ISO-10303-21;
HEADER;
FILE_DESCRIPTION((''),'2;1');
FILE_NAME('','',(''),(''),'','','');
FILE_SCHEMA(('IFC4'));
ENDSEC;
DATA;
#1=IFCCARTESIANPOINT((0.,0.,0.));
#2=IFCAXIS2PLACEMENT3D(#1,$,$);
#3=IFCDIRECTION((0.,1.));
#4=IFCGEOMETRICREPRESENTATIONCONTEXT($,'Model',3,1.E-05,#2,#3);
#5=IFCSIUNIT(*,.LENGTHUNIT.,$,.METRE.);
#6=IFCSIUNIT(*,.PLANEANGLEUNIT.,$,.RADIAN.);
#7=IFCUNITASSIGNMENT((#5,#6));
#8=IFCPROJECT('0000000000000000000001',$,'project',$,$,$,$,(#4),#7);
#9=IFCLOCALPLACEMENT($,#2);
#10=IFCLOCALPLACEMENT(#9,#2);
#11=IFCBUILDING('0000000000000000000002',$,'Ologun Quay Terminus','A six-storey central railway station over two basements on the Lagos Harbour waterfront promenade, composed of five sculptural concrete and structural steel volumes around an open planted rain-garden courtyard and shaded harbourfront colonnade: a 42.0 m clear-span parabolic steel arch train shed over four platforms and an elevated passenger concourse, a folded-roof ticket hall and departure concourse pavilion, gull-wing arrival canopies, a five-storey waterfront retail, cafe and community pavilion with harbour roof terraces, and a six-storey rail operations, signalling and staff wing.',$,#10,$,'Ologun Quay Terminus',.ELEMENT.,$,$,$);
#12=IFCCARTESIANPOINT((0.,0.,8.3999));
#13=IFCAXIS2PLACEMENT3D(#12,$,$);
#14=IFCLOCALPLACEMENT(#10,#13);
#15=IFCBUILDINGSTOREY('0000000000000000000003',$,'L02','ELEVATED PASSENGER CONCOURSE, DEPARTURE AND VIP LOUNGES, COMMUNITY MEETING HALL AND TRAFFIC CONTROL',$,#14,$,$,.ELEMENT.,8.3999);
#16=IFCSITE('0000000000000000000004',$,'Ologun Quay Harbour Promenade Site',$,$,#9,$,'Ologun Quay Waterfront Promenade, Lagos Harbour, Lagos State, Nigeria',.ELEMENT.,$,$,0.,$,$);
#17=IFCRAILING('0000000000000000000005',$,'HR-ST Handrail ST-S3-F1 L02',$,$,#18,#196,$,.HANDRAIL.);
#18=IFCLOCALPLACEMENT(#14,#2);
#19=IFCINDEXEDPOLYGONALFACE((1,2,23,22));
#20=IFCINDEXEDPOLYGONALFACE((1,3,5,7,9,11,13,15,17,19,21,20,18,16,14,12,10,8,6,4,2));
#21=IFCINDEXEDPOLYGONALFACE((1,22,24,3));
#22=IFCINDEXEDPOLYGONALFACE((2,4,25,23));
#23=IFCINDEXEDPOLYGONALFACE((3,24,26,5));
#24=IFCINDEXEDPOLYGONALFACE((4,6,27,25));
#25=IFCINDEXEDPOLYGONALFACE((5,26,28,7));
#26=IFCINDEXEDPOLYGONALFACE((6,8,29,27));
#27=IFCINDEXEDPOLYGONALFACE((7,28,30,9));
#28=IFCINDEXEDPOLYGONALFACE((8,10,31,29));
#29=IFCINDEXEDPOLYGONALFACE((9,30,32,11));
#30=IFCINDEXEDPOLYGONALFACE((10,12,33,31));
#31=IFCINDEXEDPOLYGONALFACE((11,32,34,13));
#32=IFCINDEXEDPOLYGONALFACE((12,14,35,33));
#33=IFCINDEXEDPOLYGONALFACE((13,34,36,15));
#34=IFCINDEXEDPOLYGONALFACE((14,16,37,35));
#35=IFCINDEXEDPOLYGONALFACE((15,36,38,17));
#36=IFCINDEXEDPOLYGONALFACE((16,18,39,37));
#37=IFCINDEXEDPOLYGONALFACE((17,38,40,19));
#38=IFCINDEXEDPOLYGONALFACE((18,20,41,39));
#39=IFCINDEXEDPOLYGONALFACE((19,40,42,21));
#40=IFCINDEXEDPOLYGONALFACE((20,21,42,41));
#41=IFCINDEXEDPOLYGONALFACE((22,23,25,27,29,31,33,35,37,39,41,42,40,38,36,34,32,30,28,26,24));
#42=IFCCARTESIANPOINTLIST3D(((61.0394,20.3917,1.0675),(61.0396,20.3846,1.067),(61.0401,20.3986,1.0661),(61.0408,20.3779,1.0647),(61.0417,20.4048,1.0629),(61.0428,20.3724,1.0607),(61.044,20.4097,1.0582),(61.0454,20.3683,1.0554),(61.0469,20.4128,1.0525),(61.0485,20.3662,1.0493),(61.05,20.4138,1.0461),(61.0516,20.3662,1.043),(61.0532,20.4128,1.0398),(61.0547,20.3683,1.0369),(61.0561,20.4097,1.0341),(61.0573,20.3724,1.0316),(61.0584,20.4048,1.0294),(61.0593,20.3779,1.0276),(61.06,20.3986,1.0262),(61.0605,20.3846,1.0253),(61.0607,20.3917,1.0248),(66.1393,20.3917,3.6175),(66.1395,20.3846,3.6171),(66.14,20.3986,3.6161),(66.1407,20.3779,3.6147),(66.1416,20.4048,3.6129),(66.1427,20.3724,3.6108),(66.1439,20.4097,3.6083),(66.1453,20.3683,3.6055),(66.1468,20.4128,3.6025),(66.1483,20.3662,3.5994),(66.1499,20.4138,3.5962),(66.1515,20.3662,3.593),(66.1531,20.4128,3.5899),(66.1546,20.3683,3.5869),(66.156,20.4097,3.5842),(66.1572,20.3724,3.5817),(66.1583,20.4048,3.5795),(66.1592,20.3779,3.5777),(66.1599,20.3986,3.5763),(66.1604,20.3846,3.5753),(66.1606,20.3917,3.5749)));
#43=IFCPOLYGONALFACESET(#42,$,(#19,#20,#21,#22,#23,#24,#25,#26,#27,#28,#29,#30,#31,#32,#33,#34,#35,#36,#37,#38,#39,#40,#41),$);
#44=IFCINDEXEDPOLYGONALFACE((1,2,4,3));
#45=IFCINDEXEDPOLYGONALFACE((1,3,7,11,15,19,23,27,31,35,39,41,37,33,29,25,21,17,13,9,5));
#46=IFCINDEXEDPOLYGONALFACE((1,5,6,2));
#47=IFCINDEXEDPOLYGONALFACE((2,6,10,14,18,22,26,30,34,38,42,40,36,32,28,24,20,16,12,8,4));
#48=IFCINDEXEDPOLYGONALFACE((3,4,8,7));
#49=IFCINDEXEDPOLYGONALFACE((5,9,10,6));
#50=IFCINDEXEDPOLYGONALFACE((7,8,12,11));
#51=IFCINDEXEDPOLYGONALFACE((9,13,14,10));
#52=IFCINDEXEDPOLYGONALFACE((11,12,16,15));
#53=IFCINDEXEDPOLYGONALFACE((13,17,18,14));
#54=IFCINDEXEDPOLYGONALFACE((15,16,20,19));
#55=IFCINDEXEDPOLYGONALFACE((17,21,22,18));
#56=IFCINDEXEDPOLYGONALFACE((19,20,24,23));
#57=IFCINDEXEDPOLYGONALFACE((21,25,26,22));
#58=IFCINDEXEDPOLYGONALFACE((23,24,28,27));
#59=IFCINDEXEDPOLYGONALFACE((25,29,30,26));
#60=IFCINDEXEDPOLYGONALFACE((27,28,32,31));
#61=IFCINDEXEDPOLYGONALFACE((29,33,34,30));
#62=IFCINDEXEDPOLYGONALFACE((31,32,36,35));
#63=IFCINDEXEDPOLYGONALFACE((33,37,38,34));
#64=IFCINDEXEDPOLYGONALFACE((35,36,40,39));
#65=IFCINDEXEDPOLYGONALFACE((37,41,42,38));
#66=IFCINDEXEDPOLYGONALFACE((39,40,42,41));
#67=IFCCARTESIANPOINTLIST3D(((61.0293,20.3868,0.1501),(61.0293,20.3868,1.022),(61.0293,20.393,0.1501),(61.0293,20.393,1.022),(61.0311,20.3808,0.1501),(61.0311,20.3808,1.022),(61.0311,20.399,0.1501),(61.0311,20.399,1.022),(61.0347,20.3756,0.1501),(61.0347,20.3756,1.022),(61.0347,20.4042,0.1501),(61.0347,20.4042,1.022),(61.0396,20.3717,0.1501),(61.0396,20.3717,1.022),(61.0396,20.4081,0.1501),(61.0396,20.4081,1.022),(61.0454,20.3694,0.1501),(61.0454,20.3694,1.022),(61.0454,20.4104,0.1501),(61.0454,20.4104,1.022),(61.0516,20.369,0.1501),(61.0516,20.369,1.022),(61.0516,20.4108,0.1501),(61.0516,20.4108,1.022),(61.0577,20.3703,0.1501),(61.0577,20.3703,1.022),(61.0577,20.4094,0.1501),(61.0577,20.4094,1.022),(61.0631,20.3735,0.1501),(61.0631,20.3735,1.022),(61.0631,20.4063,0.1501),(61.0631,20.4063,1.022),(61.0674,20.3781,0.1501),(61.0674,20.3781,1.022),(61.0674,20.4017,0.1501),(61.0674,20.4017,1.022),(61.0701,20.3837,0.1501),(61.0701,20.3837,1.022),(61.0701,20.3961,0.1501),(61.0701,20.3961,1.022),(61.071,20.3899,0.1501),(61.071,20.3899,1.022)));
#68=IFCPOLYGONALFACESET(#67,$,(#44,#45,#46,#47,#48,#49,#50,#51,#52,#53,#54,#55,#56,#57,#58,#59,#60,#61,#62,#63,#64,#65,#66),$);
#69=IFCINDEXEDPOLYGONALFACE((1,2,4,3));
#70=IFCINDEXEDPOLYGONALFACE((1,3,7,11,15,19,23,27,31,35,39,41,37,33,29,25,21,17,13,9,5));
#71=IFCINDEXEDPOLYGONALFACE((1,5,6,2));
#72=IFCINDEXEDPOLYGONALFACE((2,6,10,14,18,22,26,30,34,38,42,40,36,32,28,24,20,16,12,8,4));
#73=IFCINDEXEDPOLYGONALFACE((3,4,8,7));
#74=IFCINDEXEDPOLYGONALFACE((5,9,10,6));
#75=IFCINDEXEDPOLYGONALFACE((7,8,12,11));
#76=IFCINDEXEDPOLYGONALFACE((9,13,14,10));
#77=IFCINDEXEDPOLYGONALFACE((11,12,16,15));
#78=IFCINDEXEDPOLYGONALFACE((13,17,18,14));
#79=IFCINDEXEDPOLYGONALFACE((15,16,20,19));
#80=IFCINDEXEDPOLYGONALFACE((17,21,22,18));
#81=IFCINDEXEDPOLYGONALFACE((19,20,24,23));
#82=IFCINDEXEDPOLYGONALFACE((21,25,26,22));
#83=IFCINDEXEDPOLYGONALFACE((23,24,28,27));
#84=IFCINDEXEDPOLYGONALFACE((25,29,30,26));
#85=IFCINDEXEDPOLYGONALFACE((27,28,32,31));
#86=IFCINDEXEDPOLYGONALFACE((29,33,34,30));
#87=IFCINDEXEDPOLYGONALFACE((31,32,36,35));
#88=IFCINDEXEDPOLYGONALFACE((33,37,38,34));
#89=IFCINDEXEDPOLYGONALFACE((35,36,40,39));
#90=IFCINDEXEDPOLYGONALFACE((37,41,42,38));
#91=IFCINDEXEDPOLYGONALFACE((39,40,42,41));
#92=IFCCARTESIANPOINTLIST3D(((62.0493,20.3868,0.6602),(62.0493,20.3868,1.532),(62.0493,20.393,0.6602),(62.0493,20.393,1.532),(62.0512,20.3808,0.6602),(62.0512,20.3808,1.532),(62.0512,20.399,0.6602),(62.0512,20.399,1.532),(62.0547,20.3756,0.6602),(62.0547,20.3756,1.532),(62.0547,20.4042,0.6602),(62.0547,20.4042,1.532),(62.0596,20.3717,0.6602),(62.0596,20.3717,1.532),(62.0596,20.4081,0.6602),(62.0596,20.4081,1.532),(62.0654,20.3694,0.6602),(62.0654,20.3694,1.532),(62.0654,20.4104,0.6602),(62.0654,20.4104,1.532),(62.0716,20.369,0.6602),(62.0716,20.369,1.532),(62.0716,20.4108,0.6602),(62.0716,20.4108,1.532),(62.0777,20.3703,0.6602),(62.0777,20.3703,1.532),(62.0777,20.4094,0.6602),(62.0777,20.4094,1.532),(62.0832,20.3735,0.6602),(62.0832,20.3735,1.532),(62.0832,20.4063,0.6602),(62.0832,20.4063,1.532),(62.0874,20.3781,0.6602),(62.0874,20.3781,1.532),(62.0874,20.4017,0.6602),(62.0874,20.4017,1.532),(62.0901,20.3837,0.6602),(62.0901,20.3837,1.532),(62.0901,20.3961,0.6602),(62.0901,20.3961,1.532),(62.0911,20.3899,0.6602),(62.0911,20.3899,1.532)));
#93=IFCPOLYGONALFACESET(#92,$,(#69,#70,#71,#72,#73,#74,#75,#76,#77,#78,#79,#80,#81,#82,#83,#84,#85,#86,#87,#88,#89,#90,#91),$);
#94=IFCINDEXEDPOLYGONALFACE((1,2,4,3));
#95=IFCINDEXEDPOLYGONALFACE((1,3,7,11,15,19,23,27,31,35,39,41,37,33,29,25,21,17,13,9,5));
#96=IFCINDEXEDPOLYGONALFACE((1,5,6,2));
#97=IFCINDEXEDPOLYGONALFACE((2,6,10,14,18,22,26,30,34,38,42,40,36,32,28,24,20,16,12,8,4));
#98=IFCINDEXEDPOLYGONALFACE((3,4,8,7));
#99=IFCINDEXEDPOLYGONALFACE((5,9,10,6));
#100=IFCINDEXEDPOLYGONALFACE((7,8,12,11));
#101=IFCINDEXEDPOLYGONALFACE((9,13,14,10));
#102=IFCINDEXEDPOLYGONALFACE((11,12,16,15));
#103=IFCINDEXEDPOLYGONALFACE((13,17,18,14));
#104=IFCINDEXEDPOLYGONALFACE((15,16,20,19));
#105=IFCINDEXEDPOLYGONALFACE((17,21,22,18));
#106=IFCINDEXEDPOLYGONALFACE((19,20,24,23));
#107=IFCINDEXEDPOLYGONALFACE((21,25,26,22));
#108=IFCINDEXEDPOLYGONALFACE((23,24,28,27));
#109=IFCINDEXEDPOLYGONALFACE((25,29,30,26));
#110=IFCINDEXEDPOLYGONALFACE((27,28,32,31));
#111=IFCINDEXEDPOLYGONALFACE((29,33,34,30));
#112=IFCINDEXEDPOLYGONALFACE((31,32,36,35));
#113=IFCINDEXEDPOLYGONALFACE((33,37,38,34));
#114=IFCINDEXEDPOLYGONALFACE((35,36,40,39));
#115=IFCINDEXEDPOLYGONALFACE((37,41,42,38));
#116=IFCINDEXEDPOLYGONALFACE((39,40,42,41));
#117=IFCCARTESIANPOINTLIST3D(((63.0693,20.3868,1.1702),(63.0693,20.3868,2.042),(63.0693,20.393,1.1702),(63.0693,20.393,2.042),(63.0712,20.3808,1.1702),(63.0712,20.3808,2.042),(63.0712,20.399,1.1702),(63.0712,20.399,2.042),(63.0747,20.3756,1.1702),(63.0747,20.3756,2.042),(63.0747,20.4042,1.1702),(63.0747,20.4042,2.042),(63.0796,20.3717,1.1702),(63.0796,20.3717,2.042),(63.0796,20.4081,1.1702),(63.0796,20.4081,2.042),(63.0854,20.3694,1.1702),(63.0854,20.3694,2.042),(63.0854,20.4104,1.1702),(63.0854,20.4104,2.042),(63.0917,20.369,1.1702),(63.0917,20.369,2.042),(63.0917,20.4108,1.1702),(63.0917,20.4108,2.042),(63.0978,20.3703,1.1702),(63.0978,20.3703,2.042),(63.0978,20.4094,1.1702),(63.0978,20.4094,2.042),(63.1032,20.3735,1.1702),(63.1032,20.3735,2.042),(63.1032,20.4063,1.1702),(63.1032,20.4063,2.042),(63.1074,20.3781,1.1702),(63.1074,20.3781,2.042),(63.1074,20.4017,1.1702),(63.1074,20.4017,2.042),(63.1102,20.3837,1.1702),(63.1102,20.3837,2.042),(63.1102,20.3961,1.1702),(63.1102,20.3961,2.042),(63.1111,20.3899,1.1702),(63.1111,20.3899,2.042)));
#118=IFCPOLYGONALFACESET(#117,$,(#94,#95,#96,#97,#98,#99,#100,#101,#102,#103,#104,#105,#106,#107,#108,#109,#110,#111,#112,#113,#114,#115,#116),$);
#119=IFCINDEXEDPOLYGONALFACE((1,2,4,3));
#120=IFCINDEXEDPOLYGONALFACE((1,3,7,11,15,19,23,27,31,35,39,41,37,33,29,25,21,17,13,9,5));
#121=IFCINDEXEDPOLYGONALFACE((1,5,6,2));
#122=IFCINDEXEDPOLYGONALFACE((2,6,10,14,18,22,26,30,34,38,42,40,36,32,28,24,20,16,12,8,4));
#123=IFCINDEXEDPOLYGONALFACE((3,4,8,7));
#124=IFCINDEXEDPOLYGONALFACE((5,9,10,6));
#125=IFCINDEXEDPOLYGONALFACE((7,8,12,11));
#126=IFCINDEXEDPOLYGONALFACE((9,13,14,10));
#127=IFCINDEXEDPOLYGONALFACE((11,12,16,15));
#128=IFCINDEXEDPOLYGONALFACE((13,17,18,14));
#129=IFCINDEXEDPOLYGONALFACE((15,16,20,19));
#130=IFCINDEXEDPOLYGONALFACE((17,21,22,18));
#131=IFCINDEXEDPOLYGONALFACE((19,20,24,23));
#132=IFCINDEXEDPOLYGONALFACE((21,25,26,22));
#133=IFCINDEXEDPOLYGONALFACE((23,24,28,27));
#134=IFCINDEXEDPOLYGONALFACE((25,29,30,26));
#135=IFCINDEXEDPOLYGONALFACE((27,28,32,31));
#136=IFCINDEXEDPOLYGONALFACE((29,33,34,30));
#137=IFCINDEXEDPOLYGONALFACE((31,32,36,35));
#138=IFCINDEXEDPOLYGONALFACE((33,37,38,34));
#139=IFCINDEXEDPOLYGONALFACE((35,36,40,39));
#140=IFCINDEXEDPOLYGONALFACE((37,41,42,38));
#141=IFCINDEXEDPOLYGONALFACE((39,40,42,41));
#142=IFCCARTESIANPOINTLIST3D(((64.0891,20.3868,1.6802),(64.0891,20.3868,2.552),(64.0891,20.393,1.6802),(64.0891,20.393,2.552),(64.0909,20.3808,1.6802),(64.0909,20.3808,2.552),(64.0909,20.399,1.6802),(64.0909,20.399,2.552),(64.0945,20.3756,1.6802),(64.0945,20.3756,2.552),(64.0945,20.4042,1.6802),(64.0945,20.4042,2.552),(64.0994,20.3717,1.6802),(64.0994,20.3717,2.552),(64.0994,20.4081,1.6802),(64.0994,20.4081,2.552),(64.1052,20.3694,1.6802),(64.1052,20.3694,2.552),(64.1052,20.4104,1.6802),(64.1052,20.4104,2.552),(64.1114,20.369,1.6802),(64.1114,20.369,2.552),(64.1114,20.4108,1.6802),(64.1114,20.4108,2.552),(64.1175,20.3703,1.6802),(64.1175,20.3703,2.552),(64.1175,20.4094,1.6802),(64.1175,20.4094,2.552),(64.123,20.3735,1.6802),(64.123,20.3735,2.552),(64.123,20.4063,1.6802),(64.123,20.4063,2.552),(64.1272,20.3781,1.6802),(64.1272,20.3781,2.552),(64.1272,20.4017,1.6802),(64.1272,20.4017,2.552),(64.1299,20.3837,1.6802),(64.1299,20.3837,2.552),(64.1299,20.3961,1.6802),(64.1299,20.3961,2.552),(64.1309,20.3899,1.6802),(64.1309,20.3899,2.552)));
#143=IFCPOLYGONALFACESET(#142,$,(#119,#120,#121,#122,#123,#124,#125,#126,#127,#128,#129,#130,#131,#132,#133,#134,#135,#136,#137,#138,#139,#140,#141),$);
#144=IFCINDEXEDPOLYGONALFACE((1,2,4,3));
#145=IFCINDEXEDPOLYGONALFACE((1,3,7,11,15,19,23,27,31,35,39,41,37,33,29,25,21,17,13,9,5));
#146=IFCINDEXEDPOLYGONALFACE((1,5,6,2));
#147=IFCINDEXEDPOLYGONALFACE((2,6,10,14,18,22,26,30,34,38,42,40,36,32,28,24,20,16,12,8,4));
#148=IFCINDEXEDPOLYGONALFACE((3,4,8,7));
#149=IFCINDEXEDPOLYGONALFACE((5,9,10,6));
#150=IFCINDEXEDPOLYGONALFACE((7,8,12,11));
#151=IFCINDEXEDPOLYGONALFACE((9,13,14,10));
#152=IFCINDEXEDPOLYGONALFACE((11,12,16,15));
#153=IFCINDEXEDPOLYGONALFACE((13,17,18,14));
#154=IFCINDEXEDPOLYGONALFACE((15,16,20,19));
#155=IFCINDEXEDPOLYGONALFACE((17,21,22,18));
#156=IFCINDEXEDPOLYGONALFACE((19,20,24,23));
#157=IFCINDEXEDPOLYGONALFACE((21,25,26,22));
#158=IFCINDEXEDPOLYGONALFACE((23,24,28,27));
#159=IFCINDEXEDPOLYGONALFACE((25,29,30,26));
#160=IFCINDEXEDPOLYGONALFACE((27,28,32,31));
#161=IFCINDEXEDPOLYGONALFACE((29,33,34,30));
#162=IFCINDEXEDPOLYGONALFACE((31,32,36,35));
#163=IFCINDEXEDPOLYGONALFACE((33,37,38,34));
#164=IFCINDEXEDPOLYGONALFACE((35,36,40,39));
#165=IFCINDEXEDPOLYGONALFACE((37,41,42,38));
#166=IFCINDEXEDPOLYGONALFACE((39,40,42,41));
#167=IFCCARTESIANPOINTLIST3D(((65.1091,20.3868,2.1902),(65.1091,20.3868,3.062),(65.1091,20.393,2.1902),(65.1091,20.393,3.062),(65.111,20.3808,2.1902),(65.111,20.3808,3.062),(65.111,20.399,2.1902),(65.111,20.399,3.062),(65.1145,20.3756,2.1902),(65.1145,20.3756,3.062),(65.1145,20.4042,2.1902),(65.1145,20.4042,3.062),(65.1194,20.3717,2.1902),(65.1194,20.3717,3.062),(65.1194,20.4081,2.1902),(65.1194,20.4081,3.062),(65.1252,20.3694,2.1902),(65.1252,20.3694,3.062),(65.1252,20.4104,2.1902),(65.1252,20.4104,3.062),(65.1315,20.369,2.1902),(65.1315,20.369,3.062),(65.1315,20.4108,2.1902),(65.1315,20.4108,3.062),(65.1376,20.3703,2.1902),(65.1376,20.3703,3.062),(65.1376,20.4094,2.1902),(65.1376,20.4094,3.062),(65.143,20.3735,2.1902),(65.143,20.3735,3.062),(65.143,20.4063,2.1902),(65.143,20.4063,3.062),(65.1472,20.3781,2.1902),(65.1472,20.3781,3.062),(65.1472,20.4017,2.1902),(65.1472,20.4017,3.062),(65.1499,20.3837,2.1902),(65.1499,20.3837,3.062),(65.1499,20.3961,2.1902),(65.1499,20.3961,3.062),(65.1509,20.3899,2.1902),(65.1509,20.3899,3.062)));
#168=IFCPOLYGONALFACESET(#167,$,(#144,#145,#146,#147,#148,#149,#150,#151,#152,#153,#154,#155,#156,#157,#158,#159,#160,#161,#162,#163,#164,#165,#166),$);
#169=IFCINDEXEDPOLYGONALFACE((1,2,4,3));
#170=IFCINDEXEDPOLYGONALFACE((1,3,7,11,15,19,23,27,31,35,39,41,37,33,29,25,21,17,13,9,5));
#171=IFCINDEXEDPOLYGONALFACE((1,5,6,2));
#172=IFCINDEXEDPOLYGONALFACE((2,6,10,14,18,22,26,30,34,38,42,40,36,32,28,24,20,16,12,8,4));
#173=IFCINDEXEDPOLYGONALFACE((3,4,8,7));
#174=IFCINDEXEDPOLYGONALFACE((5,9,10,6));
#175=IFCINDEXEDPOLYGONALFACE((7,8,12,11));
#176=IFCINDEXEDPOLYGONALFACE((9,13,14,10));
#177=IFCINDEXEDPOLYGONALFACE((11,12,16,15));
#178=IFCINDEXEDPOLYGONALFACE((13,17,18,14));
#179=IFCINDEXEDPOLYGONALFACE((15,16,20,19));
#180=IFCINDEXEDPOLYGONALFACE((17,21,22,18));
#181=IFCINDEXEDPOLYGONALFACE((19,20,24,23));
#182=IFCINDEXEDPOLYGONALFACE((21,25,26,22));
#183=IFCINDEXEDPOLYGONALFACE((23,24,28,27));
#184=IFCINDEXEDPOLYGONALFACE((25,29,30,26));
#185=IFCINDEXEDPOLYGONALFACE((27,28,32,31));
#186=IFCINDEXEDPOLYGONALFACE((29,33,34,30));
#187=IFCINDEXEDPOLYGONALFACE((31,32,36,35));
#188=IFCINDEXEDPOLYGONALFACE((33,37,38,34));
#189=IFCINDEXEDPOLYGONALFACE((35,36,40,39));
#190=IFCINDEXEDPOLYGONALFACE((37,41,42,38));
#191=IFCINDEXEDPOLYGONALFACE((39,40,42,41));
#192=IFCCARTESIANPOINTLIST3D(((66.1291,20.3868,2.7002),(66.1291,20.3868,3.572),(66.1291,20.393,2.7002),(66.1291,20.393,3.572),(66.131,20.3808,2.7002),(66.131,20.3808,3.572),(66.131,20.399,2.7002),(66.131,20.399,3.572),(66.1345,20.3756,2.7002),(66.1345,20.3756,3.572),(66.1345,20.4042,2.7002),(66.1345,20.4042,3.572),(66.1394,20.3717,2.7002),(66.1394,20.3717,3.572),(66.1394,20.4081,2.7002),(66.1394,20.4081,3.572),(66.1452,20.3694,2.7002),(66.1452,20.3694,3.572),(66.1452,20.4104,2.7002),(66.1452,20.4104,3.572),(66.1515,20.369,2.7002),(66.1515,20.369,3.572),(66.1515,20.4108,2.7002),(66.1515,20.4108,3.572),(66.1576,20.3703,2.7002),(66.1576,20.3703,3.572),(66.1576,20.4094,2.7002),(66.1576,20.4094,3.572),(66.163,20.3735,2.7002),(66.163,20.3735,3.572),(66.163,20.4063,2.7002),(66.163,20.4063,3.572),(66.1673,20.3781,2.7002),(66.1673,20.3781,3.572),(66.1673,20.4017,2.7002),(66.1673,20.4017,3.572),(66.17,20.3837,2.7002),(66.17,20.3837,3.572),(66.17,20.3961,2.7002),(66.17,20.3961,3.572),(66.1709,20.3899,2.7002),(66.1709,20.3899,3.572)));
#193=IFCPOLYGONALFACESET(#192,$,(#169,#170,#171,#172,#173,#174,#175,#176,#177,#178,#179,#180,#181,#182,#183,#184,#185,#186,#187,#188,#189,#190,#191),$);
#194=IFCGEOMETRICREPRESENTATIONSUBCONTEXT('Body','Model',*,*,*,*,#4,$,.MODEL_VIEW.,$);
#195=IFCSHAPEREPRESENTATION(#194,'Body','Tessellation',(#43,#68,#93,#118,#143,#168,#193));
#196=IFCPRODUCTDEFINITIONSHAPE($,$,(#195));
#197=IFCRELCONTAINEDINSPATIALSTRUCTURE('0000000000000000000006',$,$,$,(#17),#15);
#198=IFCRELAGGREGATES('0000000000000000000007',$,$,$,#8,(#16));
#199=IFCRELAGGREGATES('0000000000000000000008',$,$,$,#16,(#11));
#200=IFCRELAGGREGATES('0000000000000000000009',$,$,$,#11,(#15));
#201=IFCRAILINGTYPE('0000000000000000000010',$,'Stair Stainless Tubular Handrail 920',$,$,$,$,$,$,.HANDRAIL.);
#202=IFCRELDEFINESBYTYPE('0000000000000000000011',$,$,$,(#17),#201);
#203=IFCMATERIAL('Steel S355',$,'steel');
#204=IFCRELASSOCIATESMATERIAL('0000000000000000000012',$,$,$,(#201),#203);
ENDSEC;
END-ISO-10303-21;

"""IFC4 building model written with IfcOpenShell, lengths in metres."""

from ifc_helpers import new_model, si_unit, direction, frame, origin, origin_2d, place, context, subcontext, project, spatial, circle, extrude, material, type_object, element, save


model = new_model("IFC4")

# Units and contexts
model_context = context("Model", 3, precision=1e-05, world=origin(), true_north=direction((0.0, 1.0)))
body_context = subcontext(model_context, "Body", "Model", "MODEL_VIEW")
ifc_project = project(units=[si_unit("LENGTHUNIT", "METRE"), si_unit("PLANEANGLEUNIT", "RADIAN")], contexts=[model_context])

# Site, building, storey
site_placement = place(None, origin())
site = spatial("IfcSite", under=ifc_project, at=site_placement, Name="Ologun Quay Harbour Promenade Site", LongName="Ologun Quay Waterfront Promenade, Lagos Harbour, Lagos State, Nigeria", CompositionType="ELEMENT", RefElevation=0.0)
building_placement = place(site_placement, origin())
building = spatial("IfcBuilding", under=site, at=building_placement, Name="Ologun Quay Terminus", Description="A six-storey central railway station over two basements on the Lagos Harbour waterfront promenade, composed of five sculptural concrete and structural steel volumes around an open planted rain-garden courtyard and shaded harbourfront colonnade: a 42.0 m clear-span parabolic steel arch train shed over four platforms and an elevated passenger concourse, a folded-roof ticket hall and departure concourse pavilion, gull-wing arrival canopies, a five-storey waterfront retail, cafe and community pavilion with harbour roof terraces, and a six-storey rail operations, signalling and staff wing.", LongName="Ologun Quay Terminus", CompositionType="ELEMENT")
storey_placement = place(building_placement, frame((0.0, 0.0, 8.3999)))
storey = spatial("IfcBuildingStorey", under=building, at=storey_placement, Name="L02", Description="ELEVATED PASSENGER CONCOURSE, DEPARTURE AND VIP LOUNGES, COMMUNITY MEETING HALL AND TRAFFIC CONTROL", CompositionType="ELEMENT", Elevation=8.3999)

# Railing
ifc_material_1 = material(Name="Steel S355", Category="steel")
railing_type_1 = type_object("IfcRailingType", Name="Stair Stainless Tubular Handrail 920", PredefinedType="HANDRAIL", material=ifc_material_1)
railing_1_placement = place(storey_placement, frame((61.05, 20.3899, 0.1501)))
element("IfcRailing", 1, at=railing_1_placement, inside=storey, type_object=railing_type_1, Name="HR-ST Handrail ST-S3-F1 L02", PredefinedType="HANDRAIL", context=body_context, shape_type="SweptSolid", body=[
    extrude(circle(Radius=0.0239, at=origin_2d()), frame((0.0, 0.0, 0.896), z_axis=(0.894419, 0.0, 0.447231), x_axis=(0.0, 1.0, 0.0)), (0.0, 0.0, 1.0), 5.7019),
    extrude(circle(Radius=0.021, at=origin_2d()), origin(), (0.0, 0.0, 1.0), 0.8718),
    extrude(circle(Radius=0.021, at=origin_2d()), frame((1.02, 0.0, 0.51)), (0.0, 0.0, 1.0), 0.8718),
    extrude(circle(Radius=0.021, at=origin_2d()), frame((2.04, 0.0, 1.02)), (0.0, 0.0, 1.0), 0.8718),
    extrude(circle(Radius=0.021, at=origin_2d()), frame((3.0598, 0.0, 1.53)), (0.0, 0.0, 1.0), 0.8718),
    extrude(circle(Radius=0.021, at=origin_2d()), frame((4.0798, 0.0, 2.04)), (0.0, 0.0, 1.0), 0.8718),
    extrude(circle(Radius=0.021, at=origin_2d()), frame((5.0999, 0.0, 2.55)), (0.0, 0.0, 1.0), 0.8718),
])

save(model, "model.ifc")
